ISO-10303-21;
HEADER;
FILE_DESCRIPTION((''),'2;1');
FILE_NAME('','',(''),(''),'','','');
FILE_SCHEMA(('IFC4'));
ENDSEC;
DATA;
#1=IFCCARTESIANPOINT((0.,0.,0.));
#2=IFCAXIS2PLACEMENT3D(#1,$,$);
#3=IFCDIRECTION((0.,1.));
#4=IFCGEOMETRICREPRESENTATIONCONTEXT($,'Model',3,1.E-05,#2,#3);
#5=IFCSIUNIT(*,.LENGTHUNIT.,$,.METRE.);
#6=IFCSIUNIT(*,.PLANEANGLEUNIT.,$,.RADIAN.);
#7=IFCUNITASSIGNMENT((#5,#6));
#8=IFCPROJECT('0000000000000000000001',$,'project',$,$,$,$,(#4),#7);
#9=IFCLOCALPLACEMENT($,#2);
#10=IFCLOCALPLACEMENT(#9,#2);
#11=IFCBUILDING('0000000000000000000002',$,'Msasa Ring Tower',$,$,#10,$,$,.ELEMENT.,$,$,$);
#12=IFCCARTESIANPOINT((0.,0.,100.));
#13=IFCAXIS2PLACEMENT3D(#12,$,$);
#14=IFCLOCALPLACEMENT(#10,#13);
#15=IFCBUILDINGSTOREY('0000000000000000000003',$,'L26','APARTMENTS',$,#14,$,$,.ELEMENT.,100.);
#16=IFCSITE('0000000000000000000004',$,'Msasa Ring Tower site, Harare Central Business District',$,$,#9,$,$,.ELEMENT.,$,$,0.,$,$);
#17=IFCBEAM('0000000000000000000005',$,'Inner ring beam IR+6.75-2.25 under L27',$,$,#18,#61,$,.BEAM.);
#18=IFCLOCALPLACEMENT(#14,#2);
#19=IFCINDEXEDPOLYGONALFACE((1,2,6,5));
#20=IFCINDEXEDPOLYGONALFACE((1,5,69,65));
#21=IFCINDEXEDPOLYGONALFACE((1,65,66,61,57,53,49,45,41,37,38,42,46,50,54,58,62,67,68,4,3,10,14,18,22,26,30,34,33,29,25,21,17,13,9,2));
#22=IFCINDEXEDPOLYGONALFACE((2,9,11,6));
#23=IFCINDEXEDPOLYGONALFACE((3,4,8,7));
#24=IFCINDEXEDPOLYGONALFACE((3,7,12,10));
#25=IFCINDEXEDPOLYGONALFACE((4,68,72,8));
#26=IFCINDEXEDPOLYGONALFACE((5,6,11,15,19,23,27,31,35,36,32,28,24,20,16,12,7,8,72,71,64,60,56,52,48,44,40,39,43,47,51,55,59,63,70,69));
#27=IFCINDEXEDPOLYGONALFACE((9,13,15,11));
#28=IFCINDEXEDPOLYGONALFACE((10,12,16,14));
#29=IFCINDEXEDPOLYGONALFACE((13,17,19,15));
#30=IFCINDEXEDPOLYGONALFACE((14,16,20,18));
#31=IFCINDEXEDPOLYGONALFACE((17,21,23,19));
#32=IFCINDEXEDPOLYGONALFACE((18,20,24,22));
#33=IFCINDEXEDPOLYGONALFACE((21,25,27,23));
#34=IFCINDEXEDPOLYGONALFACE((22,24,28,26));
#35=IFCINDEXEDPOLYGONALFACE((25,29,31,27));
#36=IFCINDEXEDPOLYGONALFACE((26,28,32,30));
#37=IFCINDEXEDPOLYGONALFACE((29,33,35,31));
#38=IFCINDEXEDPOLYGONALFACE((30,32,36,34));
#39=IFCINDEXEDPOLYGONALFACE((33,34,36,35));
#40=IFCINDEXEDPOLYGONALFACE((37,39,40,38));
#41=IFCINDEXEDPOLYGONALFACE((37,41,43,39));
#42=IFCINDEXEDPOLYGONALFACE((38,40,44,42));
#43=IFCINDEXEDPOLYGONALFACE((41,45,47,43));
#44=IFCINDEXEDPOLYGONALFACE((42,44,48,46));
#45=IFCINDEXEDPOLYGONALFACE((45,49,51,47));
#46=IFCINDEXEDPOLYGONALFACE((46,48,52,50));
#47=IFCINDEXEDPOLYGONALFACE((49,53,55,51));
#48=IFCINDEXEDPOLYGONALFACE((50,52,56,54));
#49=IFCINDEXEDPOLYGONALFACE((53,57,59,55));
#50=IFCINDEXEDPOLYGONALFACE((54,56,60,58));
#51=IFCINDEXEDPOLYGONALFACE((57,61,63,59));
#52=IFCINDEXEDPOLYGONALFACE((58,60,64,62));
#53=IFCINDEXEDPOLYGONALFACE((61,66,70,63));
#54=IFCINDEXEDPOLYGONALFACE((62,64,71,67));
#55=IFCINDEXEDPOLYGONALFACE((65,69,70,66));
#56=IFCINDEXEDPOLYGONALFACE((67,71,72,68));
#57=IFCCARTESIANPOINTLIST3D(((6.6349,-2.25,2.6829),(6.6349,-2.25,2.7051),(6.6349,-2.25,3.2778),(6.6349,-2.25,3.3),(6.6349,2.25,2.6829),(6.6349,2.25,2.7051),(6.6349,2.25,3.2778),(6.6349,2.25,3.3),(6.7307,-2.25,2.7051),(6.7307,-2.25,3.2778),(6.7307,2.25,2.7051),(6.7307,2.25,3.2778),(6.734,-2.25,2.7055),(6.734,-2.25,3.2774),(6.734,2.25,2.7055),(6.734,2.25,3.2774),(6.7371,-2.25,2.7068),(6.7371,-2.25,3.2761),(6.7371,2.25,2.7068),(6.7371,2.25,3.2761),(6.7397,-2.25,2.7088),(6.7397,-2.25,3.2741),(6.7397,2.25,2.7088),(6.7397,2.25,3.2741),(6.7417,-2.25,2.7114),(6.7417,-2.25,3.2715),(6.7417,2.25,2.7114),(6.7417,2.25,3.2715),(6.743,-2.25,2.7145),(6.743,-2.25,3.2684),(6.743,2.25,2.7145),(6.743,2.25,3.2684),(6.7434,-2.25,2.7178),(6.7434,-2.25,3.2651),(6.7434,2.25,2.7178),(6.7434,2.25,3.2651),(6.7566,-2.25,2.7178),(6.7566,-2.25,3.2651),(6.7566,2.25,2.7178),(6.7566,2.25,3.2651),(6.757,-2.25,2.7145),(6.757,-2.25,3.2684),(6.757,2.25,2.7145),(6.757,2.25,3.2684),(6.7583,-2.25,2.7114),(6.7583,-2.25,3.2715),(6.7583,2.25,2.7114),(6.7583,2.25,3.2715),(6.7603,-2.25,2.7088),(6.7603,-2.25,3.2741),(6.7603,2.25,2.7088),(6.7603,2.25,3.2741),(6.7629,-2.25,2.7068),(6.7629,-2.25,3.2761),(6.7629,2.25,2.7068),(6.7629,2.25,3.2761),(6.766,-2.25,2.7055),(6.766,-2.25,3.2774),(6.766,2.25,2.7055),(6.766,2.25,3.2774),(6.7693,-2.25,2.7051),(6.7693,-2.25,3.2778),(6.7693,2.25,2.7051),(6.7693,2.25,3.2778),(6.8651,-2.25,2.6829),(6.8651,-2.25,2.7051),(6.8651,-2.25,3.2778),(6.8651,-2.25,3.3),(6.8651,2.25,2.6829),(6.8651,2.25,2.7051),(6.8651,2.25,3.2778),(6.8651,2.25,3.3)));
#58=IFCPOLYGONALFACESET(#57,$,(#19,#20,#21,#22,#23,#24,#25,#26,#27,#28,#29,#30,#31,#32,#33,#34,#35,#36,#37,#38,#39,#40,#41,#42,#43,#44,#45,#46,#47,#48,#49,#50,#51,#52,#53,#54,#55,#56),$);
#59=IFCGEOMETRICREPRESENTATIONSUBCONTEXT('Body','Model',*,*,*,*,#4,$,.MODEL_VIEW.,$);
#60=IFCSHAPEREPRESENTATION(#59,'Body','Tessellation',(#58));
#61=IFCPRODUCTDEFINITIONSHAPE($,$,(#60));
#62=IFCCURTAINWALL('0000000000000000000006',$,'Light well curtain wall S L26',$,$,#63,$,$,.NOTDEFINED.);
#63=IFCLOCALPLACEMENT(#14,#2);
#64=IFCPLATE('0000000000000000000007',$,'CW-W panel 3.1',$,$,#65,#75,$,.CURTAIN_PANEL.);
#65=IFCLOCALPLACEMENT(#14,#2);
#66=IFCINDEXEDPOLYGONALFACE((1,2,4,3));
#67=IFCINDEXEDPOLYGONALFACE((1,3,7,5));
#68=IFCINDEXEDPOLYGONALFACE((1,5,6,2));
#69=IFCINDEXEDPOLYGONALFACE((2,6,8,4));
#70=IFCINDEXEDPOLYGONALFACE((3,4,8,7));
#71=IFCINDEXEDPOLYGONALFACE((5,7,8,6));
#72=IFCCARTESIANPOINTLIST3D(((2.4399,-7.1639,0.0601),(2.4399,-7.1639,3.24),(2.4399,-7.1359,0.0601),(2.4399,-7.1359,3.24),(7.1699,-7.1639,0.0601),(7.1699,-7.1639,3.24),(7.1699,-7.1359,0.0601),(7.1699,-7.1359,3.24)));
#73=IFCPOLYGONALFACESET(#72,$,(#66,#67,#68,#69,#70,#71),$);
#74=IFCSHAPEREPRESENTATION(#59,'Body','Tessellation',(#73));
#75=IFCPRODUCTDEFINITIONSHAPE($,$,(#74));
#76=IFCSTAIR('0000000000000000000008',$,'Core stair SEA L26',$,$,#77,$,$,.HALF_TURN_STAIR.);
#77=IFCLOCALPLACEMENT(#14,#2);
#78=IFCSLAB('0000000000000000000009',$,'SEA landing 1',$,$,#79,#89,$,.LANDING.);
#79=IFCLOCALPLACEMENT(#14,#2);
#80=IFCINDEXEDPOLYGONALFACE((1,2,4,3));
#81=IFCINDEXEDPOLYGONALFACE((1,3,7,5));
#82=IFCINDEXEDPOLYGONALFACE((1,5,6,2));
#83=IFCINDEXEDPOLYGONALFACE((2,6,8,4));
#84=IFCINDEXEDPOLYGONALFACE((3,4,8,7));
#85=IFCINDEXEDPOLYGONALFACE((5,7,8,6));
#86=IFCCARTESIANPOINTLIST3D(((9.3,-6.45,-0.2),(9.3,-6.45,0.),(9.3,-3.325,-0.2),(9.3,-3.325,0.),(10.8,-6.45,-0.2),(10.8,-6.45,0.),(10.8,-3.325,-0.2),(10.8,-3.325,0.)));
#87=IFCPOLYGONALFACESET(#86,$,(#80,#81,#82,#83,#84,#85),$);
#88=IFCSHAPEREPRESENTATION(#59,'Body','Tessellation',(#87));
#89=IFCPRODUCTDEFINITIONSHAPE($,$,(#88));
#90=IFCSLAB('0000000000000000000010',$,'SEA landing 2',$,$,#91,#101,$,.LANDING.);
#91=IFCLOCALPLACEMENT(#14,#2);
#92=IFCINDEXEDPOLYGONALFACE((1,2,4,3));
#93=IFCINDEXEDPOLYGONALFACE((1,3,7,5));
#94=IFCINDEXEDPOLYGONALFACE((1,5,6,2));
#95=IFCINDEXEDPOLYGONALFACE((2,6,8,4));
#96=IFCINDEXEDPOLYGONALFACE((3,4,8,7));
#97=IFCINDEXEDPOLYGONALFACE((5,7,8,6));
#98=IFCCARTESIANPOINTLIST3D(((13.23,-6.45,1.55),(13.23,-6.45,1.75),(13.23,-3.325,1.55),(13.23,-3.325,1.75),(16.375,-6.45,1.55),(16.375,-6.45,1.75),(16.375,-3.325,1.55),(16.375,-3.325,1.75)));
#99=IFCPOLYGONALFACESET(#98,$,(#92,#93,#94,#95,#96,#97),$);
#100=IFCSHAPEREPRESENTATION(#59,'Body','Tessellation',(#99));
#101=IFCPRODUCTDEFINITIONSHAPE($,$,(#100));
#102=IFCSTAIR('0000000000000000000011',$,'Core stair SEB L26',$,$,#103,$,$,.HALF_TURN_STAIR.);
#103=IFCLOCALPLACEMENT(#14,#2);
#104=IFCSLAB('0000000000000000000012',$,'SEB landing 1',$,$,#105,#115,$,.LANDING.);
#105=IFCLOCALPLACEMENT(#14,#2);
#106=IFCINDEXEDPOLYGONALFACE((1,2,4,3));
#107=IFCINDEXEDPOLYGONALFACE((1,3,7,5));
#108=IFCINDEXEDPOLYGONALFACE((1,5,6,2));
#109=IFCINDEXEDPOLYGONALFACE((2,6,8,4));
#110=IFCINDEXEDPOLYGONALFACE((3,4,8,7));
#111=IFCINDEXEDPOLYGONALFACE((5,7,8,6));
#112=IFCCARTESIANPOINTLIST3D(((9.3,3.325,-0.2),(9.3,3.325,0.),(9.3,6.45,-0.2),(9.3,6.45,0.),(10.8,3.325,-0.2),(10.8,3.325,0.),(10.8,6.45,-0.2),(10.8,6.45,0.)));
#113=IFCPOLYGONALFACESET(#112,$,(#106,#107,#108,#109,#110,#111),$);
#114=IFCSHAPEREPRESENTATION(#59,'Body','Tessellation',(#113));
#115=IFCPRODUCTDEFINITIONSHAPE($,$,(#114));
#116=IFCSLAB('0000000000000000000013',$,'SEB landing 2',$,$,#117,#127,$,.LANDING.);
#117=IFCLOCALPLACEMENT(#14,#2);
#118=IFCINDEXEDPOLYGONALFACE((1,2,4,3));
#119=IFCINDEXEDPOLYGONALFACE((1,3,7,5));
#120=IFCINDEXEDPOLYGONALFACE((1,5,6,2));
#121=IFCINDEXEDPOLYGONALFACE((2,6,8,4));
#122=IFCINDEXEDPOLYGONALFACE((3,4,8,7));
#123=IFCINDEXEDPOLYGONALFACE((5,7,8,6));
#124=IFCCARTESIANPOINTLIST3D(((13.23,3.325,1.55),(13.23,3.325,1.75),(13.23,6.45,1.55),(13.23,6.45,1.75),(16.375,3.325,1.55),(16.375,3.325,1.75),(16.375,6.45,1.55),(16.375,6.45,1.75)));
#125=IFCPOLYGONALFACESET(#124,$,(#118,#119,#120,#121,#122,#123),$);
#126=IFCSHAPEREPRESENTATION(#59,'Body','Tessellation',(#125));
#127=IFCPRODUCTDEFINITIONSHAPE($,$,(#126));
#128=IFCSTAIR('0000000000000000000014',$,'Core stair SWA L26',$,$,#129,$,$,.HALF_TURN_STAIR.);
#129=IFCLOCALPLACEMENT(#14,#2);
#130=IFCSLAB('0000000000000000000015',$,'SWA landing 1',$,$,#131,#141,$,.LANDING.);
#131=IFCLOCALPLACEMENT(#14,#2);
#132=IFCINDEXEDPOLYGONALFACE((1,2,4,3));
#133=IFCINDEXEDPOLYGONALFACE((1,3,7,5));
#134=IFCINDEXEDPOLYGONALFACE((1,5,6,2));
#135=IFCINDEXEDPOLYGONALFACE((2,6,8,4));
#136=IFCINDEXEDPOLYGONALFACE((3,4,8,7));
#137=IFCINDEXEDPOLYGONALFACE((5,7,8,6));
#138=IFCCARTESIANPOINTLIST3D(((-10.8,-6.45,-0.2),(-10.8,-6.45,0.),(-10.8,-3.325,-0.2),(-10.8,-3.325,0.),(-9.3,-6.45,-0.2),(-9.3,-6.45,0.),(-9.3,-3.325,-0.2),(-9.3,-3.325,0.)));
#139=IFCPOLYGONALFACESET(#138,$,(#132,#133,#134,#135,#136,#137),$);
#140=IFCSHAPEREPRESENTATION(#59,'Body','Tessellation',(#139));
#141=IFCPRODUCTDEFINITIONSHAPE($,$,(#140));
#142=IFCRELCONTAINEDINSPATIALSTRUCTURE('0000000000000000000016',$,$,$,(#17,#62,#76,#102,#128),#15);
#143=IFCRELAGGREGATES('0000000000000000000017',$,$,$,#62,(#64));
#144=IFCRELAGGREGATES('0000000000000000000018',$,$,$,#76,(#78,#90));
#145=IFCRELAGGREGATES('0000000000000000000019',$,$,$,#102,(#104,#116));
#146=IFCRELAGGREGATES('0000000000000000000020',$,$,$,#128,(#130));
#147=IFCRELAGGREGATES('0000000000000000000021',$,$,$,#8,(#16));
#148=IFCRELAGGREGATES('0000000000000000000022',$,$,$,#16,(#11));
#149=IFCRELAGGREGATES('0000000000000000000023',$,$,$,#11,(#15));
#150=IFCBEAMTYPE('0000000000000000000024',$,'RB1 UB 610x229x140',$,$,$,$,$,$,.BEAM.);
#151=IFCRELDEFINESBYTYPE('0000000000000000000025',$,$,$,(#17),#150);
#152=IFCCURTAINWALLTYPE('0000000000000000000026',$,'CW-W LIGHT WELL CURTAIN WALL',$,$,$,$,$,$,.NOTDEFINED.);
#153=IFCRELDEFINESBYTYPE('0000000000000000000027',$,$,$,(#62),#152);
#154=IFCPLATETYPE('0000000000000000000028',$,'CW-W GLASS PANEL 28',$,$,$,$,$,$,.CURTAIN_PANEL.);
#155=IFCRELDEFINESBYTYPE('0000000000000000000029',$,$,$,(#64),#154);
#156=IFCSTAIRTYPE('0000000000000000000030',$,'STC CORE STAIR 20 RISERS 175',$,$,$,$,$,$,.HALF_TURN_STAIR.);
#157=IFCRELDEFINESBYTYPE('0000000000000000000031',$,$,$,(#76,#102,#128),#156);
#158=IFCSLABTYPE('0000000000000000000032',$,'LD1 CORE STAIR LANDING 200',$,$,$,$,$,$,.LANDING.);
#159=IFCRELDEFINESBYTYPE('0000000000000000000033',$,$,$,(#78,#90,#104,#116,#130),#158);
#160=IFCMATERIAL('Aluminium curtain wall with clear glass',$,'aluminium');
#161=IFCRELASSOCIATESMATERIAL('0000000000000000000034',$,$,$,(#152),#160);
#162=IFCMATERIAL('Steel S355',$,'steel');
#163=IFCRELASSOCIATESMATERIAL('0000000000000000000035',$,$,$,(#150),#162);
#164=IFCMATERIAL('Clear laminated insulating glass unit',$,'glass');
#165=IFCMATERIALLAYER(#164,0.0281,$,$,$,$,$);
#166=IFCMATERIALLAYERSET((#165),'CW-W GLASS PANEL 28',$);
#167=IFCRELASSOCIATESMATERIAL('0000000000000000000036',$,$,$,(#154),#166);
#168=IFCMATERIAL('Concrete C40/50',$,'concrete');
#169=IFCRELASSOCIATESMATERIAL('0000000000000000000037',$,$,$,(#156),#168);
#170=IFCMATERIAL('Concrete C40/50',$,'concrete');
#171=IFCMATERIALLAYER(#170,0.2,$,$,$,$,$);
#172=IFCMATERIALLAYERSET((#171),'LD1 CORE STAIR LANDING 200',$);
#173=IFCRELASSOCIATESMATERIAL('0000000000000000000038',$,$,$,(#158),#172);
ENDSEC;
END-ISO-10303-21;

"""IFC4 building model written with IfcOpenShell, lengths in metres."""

from ifc_helpers import new_model, si_unit, direction, frame, origin, origin_2d, place, context, subcontext, project, spatial, polyline, rectangle, i_section, outline, extrude, material, layer, layer_set, material_profile, profile_set, type_object, element, aggregate, save


model = new_model("IFC4")

# Units and contexts
model_context = context("Model", 3, precision=1e-05, world=origin(), true_north=direction((0.0, 1.0)))
body_context = subcontext(model_context, "Body", "Model", "MODEL_VIEW")
ifc_project = project(units=[si_unit("LENGTHUNIT", "METRE"), si_unit("PLANEANGLEUNIT", "RADIAN")], contexts=[model_context])

# Site, building, storey
site_placement = place(None, origin())
site = spatial("IfcSite", under=ifc_project, at=site_placement, Name="Msasa Ring Tower site, Harare Central Business District", CompositionType="ELEMENT", RefElevation=0.0)
building_placement = place(site_placement, origin())
building = spatial("IfcBuilding", under=site, at=building_placement, Name="Msasa Ring Tower", CompositionType="ELEMENT")
storey_placement = place(building_placement, frame((0.0, 0.0, 100.0)))
storey = spatial("IfcBuildingStorey", under=building, at=storey_placement, Name="L26", Description="APARTMENTS", CompositionType="ELEMENT", Elevation=100.0)

# Shared definitions
ifc_material_1 = material(Name="Aluminium curtain wall with clear glass", Category="aluminium")
curtain_wall_type = type_object("IfcCurtainWallType", Name="CW-W LIGHT WELL CURTAIN WALL", PredefinedType="NOTDEFINED", material=ifc_material_1)

# Beam
ifc_material_2 = material(Name="Steel S355", Category="steel")
ifc_material_profile_1 = material_profile(ifc_material_2, i_section(OverallWidth=0.2302, OverallDepth=0.6172, WebThickness=0.0132, FlangeThickness=0.0222, FilletRadius=0.0127, at=origin_2d()), Name="UB 610x229x140")
ifc_profile_set_1 = profile_set([ifc_material_profile_1], Name="Steel S355")
beam_type = type_object("IfcBeamType", Name="RB1 UB 610x229x140", PredefinedType="BEAM", material=ifc_profile_set_1)
for number, where, z_axis, x_axis, name in (
    (1, (6.75, -2.25, 2.9915), (0.0, 1.0, 0.0), (-1.0, 0.0, 0.0), "Inner ring beam IR+6.75-2.25 under L27"),
):
    element("IfcBeam", number, at=place(storey_placement, frame(where, z_axis=z_axis, x_axis=x_axis)), inside=storey, type_object=beam_type, Name=name, PredefinedType="BEAM", context=body_context, shape_type="SweptSolid", body=[
        extrude(i_section(OverallWidth=0.2302, OverallDepth=0.6172, WebThickness=0.0132, FlangeThickness=0.0222, FilletRadius=0.0127, at=origin_2d()), origin(), (0.0, 0.0, 1.0), 4.5),
    ])

# Curtain wall, plate
curtain_wall_1_placement = place(storey_placement, origin())
curtain_wall_1 = element("IfcCurtainWall", 2, at=curtain_wall_1_placement, inside=storey, type_object=curtain_wall_type, Name="Light well curtain wall S L26", PredefinedType="NOTDEFINED")
ifc_material_3 = material(Name="Clear laminated insulating glass unit", Category="glass")
ifc_layer_1 = layer(ifc_material_3, 0.0281)
ifc_layer_set_1 = layer_set([ifc_layer_1], Name="CW-W GLASS PANEL 28")
plate_type = type_object("IfcPlateType", Name="CW-W GLASS PANEL 28", PredefinedType="CURTAIN_PANEL", material=ifc_layer_set_1)
plate_placement = place(storey_placement, frame((4.8049, -7.1499, 0.0601), z_axis=(0.0, 0.0, 1.0), x_axis=(1.0, 0.0, 0.0)))
plate = element("IfcPlate", 3, at=plate_placement, type_object=plate_type, Name="CW-W panel 3.1", PredefinedType="CURTAIN_PANEL", context=body_context, shape_type="SweptSolid", body=[
    extrude(rectangle(XDim=4.73, YDim=0.0281, at=origin_2d()), origin(), (0.0, 0.0, 1.0), 3.1799),
])
aggregate(curtain_wall_1, [plate])

# Stairs, slabs
ifc_material_4 = material(Name="Concrete C40/50", Category="concrete")
stair_type = type_object("IfcStairType", Name="STC CORE STAIR 20 RISERS 175", PredefinedType="HALF_TURN_STAIR", material=ifc_material_4)
stair_1_placement = place(storey_placement, origin())
stair_1 = element("IfcStair", 4, at=stair_1_placement, inside=storey, type_object=stair_type, Name="Core stair SEA L26", PredefinedType="HALF_TURN_STAIR")
ifc_material_5 = material(Name="Concrete C40/50", Category="concrete")
ifc_layer_2 = layer(ifc_material_5, 0.2)
ifc_layer_set_2 = layer_set([ifc_layer_2], Name="LD1 CORE STAIR LANDING 200")
slab_type = type_object("IfcSlabType", Name="LD1 CORE STAIR LANDING 200", PredefinedType="LANDING", material=ifc_layer_set_2)
slab_1_placement = place(storey_placement, frame((0.0, 0.0, -0.2)))
slab_1 = element("IfcSlab", 5, at=slab_1_placement, type_object=slab_type, Name="SEA landing 1", PredefinedType="LANDING", context=body_context, shape_type="SweptSolid", body=[
    extrude(outline(polyline([(9.3, -6.45), (10.8, -6.45), (10.8, -3.325), (9.3, -3.325), (9.3, -6.45)])), origin(), (0.0, 0.0, 1.0), 0.2),
])
slab_2_placement = place(storey_placement, frame((0.0, 0.0, 1.55)))
slab_2 = element("IfcSlab", 6, at=slab_2_placement, type_object=slab_type, Name="SEA landing 2", PredefinedType="LANDING", context=body_context, shape_type="SweptSolid", body=[
    extrude(outline(polyline([(13.23, -6.45), (16.375, -6.45), (16.375, -3.325), (13.23, -3.325), (13.23, -6.45)])), origin(), (0.0, 0.0, 1.0), 0.2),
])
aggregate(stair_1, [slab_1, slab_2])
stair_2_placement = place(storey_placement, origin())
stair_2 = element("IfcStair", 7, at=stair_2_placement, inside=storey, type_object=stair_type, Name="Core stair SEB L26", PredefinedType="HALF_TURN_STAIR")
slab_3_placement = place(storey_placement, frame((0.0, 0.0, -0.2)))
slab_3 = element("IfcSlab", 8, at=slab_3_placement, type_object=slab_type, Name="SEB landing 1", PredefinedType="LANDING", context=body_context, shape_type="SweptSolid", body=[
    extrude(outline(polyline([(9.3, 3.325), (10.8, 3.325), (10.8, 6.45), (9.3, 6.45), (9.3, 3.325)])), origin(), (0.0, 0.0, 1.0), 0.2),
])
slab_4_placement = place(storey_placement, frame((0.0, 0.0, 1.55)))
slab_4 = element("IfcSlab", 9, at=slab_4_placement, type_object=slab_type, Name="SEB landing 2", PredefinedType="LANDING", context=body_context, shape_type="SweptSolid", body=[
    extrude(outline(polyline([(13.23, 3.325), (16.375, 3.325), (16.375, 6.45), (13.23, 6.45), (13.23, 3.325)])), origin(), (0.0, 0.0, 1.0), 0.2),
])
aggregate(stair_2, [slab_3, slab_4])

# Stair, slab
stair_3_placement = place(storey_placement, origin())
stair_3 = element("IfcStair", 10, at=stair_3_placement, inside=storey, type_object=stair_type, Name="Core stair SWA L26", PredefinedType="HALF_TURN_STAIR")
slab_5_placement = place(storey_placement, frame((0.0, 0.0, -0.2)))
slab_5 = element("IfcSlab", 11, at=slab_5_placement, type_object=slab_type, Name="SWA landing 1", PredefinedType="LANDING", context=body_context, shape_type="SweptSolid", body=[
    extrude(outline(polyline([(-10.8, -6.45), (-9.3, -6.45), (-9.3, -3.325), (-10.8, -3.325), (-10.8, -6.45)])), origin(), (0.0, 0.0, 1.0), 0.2),
])
aggregate(stair_3, [slab_5])

save(model, "model.ifc")
